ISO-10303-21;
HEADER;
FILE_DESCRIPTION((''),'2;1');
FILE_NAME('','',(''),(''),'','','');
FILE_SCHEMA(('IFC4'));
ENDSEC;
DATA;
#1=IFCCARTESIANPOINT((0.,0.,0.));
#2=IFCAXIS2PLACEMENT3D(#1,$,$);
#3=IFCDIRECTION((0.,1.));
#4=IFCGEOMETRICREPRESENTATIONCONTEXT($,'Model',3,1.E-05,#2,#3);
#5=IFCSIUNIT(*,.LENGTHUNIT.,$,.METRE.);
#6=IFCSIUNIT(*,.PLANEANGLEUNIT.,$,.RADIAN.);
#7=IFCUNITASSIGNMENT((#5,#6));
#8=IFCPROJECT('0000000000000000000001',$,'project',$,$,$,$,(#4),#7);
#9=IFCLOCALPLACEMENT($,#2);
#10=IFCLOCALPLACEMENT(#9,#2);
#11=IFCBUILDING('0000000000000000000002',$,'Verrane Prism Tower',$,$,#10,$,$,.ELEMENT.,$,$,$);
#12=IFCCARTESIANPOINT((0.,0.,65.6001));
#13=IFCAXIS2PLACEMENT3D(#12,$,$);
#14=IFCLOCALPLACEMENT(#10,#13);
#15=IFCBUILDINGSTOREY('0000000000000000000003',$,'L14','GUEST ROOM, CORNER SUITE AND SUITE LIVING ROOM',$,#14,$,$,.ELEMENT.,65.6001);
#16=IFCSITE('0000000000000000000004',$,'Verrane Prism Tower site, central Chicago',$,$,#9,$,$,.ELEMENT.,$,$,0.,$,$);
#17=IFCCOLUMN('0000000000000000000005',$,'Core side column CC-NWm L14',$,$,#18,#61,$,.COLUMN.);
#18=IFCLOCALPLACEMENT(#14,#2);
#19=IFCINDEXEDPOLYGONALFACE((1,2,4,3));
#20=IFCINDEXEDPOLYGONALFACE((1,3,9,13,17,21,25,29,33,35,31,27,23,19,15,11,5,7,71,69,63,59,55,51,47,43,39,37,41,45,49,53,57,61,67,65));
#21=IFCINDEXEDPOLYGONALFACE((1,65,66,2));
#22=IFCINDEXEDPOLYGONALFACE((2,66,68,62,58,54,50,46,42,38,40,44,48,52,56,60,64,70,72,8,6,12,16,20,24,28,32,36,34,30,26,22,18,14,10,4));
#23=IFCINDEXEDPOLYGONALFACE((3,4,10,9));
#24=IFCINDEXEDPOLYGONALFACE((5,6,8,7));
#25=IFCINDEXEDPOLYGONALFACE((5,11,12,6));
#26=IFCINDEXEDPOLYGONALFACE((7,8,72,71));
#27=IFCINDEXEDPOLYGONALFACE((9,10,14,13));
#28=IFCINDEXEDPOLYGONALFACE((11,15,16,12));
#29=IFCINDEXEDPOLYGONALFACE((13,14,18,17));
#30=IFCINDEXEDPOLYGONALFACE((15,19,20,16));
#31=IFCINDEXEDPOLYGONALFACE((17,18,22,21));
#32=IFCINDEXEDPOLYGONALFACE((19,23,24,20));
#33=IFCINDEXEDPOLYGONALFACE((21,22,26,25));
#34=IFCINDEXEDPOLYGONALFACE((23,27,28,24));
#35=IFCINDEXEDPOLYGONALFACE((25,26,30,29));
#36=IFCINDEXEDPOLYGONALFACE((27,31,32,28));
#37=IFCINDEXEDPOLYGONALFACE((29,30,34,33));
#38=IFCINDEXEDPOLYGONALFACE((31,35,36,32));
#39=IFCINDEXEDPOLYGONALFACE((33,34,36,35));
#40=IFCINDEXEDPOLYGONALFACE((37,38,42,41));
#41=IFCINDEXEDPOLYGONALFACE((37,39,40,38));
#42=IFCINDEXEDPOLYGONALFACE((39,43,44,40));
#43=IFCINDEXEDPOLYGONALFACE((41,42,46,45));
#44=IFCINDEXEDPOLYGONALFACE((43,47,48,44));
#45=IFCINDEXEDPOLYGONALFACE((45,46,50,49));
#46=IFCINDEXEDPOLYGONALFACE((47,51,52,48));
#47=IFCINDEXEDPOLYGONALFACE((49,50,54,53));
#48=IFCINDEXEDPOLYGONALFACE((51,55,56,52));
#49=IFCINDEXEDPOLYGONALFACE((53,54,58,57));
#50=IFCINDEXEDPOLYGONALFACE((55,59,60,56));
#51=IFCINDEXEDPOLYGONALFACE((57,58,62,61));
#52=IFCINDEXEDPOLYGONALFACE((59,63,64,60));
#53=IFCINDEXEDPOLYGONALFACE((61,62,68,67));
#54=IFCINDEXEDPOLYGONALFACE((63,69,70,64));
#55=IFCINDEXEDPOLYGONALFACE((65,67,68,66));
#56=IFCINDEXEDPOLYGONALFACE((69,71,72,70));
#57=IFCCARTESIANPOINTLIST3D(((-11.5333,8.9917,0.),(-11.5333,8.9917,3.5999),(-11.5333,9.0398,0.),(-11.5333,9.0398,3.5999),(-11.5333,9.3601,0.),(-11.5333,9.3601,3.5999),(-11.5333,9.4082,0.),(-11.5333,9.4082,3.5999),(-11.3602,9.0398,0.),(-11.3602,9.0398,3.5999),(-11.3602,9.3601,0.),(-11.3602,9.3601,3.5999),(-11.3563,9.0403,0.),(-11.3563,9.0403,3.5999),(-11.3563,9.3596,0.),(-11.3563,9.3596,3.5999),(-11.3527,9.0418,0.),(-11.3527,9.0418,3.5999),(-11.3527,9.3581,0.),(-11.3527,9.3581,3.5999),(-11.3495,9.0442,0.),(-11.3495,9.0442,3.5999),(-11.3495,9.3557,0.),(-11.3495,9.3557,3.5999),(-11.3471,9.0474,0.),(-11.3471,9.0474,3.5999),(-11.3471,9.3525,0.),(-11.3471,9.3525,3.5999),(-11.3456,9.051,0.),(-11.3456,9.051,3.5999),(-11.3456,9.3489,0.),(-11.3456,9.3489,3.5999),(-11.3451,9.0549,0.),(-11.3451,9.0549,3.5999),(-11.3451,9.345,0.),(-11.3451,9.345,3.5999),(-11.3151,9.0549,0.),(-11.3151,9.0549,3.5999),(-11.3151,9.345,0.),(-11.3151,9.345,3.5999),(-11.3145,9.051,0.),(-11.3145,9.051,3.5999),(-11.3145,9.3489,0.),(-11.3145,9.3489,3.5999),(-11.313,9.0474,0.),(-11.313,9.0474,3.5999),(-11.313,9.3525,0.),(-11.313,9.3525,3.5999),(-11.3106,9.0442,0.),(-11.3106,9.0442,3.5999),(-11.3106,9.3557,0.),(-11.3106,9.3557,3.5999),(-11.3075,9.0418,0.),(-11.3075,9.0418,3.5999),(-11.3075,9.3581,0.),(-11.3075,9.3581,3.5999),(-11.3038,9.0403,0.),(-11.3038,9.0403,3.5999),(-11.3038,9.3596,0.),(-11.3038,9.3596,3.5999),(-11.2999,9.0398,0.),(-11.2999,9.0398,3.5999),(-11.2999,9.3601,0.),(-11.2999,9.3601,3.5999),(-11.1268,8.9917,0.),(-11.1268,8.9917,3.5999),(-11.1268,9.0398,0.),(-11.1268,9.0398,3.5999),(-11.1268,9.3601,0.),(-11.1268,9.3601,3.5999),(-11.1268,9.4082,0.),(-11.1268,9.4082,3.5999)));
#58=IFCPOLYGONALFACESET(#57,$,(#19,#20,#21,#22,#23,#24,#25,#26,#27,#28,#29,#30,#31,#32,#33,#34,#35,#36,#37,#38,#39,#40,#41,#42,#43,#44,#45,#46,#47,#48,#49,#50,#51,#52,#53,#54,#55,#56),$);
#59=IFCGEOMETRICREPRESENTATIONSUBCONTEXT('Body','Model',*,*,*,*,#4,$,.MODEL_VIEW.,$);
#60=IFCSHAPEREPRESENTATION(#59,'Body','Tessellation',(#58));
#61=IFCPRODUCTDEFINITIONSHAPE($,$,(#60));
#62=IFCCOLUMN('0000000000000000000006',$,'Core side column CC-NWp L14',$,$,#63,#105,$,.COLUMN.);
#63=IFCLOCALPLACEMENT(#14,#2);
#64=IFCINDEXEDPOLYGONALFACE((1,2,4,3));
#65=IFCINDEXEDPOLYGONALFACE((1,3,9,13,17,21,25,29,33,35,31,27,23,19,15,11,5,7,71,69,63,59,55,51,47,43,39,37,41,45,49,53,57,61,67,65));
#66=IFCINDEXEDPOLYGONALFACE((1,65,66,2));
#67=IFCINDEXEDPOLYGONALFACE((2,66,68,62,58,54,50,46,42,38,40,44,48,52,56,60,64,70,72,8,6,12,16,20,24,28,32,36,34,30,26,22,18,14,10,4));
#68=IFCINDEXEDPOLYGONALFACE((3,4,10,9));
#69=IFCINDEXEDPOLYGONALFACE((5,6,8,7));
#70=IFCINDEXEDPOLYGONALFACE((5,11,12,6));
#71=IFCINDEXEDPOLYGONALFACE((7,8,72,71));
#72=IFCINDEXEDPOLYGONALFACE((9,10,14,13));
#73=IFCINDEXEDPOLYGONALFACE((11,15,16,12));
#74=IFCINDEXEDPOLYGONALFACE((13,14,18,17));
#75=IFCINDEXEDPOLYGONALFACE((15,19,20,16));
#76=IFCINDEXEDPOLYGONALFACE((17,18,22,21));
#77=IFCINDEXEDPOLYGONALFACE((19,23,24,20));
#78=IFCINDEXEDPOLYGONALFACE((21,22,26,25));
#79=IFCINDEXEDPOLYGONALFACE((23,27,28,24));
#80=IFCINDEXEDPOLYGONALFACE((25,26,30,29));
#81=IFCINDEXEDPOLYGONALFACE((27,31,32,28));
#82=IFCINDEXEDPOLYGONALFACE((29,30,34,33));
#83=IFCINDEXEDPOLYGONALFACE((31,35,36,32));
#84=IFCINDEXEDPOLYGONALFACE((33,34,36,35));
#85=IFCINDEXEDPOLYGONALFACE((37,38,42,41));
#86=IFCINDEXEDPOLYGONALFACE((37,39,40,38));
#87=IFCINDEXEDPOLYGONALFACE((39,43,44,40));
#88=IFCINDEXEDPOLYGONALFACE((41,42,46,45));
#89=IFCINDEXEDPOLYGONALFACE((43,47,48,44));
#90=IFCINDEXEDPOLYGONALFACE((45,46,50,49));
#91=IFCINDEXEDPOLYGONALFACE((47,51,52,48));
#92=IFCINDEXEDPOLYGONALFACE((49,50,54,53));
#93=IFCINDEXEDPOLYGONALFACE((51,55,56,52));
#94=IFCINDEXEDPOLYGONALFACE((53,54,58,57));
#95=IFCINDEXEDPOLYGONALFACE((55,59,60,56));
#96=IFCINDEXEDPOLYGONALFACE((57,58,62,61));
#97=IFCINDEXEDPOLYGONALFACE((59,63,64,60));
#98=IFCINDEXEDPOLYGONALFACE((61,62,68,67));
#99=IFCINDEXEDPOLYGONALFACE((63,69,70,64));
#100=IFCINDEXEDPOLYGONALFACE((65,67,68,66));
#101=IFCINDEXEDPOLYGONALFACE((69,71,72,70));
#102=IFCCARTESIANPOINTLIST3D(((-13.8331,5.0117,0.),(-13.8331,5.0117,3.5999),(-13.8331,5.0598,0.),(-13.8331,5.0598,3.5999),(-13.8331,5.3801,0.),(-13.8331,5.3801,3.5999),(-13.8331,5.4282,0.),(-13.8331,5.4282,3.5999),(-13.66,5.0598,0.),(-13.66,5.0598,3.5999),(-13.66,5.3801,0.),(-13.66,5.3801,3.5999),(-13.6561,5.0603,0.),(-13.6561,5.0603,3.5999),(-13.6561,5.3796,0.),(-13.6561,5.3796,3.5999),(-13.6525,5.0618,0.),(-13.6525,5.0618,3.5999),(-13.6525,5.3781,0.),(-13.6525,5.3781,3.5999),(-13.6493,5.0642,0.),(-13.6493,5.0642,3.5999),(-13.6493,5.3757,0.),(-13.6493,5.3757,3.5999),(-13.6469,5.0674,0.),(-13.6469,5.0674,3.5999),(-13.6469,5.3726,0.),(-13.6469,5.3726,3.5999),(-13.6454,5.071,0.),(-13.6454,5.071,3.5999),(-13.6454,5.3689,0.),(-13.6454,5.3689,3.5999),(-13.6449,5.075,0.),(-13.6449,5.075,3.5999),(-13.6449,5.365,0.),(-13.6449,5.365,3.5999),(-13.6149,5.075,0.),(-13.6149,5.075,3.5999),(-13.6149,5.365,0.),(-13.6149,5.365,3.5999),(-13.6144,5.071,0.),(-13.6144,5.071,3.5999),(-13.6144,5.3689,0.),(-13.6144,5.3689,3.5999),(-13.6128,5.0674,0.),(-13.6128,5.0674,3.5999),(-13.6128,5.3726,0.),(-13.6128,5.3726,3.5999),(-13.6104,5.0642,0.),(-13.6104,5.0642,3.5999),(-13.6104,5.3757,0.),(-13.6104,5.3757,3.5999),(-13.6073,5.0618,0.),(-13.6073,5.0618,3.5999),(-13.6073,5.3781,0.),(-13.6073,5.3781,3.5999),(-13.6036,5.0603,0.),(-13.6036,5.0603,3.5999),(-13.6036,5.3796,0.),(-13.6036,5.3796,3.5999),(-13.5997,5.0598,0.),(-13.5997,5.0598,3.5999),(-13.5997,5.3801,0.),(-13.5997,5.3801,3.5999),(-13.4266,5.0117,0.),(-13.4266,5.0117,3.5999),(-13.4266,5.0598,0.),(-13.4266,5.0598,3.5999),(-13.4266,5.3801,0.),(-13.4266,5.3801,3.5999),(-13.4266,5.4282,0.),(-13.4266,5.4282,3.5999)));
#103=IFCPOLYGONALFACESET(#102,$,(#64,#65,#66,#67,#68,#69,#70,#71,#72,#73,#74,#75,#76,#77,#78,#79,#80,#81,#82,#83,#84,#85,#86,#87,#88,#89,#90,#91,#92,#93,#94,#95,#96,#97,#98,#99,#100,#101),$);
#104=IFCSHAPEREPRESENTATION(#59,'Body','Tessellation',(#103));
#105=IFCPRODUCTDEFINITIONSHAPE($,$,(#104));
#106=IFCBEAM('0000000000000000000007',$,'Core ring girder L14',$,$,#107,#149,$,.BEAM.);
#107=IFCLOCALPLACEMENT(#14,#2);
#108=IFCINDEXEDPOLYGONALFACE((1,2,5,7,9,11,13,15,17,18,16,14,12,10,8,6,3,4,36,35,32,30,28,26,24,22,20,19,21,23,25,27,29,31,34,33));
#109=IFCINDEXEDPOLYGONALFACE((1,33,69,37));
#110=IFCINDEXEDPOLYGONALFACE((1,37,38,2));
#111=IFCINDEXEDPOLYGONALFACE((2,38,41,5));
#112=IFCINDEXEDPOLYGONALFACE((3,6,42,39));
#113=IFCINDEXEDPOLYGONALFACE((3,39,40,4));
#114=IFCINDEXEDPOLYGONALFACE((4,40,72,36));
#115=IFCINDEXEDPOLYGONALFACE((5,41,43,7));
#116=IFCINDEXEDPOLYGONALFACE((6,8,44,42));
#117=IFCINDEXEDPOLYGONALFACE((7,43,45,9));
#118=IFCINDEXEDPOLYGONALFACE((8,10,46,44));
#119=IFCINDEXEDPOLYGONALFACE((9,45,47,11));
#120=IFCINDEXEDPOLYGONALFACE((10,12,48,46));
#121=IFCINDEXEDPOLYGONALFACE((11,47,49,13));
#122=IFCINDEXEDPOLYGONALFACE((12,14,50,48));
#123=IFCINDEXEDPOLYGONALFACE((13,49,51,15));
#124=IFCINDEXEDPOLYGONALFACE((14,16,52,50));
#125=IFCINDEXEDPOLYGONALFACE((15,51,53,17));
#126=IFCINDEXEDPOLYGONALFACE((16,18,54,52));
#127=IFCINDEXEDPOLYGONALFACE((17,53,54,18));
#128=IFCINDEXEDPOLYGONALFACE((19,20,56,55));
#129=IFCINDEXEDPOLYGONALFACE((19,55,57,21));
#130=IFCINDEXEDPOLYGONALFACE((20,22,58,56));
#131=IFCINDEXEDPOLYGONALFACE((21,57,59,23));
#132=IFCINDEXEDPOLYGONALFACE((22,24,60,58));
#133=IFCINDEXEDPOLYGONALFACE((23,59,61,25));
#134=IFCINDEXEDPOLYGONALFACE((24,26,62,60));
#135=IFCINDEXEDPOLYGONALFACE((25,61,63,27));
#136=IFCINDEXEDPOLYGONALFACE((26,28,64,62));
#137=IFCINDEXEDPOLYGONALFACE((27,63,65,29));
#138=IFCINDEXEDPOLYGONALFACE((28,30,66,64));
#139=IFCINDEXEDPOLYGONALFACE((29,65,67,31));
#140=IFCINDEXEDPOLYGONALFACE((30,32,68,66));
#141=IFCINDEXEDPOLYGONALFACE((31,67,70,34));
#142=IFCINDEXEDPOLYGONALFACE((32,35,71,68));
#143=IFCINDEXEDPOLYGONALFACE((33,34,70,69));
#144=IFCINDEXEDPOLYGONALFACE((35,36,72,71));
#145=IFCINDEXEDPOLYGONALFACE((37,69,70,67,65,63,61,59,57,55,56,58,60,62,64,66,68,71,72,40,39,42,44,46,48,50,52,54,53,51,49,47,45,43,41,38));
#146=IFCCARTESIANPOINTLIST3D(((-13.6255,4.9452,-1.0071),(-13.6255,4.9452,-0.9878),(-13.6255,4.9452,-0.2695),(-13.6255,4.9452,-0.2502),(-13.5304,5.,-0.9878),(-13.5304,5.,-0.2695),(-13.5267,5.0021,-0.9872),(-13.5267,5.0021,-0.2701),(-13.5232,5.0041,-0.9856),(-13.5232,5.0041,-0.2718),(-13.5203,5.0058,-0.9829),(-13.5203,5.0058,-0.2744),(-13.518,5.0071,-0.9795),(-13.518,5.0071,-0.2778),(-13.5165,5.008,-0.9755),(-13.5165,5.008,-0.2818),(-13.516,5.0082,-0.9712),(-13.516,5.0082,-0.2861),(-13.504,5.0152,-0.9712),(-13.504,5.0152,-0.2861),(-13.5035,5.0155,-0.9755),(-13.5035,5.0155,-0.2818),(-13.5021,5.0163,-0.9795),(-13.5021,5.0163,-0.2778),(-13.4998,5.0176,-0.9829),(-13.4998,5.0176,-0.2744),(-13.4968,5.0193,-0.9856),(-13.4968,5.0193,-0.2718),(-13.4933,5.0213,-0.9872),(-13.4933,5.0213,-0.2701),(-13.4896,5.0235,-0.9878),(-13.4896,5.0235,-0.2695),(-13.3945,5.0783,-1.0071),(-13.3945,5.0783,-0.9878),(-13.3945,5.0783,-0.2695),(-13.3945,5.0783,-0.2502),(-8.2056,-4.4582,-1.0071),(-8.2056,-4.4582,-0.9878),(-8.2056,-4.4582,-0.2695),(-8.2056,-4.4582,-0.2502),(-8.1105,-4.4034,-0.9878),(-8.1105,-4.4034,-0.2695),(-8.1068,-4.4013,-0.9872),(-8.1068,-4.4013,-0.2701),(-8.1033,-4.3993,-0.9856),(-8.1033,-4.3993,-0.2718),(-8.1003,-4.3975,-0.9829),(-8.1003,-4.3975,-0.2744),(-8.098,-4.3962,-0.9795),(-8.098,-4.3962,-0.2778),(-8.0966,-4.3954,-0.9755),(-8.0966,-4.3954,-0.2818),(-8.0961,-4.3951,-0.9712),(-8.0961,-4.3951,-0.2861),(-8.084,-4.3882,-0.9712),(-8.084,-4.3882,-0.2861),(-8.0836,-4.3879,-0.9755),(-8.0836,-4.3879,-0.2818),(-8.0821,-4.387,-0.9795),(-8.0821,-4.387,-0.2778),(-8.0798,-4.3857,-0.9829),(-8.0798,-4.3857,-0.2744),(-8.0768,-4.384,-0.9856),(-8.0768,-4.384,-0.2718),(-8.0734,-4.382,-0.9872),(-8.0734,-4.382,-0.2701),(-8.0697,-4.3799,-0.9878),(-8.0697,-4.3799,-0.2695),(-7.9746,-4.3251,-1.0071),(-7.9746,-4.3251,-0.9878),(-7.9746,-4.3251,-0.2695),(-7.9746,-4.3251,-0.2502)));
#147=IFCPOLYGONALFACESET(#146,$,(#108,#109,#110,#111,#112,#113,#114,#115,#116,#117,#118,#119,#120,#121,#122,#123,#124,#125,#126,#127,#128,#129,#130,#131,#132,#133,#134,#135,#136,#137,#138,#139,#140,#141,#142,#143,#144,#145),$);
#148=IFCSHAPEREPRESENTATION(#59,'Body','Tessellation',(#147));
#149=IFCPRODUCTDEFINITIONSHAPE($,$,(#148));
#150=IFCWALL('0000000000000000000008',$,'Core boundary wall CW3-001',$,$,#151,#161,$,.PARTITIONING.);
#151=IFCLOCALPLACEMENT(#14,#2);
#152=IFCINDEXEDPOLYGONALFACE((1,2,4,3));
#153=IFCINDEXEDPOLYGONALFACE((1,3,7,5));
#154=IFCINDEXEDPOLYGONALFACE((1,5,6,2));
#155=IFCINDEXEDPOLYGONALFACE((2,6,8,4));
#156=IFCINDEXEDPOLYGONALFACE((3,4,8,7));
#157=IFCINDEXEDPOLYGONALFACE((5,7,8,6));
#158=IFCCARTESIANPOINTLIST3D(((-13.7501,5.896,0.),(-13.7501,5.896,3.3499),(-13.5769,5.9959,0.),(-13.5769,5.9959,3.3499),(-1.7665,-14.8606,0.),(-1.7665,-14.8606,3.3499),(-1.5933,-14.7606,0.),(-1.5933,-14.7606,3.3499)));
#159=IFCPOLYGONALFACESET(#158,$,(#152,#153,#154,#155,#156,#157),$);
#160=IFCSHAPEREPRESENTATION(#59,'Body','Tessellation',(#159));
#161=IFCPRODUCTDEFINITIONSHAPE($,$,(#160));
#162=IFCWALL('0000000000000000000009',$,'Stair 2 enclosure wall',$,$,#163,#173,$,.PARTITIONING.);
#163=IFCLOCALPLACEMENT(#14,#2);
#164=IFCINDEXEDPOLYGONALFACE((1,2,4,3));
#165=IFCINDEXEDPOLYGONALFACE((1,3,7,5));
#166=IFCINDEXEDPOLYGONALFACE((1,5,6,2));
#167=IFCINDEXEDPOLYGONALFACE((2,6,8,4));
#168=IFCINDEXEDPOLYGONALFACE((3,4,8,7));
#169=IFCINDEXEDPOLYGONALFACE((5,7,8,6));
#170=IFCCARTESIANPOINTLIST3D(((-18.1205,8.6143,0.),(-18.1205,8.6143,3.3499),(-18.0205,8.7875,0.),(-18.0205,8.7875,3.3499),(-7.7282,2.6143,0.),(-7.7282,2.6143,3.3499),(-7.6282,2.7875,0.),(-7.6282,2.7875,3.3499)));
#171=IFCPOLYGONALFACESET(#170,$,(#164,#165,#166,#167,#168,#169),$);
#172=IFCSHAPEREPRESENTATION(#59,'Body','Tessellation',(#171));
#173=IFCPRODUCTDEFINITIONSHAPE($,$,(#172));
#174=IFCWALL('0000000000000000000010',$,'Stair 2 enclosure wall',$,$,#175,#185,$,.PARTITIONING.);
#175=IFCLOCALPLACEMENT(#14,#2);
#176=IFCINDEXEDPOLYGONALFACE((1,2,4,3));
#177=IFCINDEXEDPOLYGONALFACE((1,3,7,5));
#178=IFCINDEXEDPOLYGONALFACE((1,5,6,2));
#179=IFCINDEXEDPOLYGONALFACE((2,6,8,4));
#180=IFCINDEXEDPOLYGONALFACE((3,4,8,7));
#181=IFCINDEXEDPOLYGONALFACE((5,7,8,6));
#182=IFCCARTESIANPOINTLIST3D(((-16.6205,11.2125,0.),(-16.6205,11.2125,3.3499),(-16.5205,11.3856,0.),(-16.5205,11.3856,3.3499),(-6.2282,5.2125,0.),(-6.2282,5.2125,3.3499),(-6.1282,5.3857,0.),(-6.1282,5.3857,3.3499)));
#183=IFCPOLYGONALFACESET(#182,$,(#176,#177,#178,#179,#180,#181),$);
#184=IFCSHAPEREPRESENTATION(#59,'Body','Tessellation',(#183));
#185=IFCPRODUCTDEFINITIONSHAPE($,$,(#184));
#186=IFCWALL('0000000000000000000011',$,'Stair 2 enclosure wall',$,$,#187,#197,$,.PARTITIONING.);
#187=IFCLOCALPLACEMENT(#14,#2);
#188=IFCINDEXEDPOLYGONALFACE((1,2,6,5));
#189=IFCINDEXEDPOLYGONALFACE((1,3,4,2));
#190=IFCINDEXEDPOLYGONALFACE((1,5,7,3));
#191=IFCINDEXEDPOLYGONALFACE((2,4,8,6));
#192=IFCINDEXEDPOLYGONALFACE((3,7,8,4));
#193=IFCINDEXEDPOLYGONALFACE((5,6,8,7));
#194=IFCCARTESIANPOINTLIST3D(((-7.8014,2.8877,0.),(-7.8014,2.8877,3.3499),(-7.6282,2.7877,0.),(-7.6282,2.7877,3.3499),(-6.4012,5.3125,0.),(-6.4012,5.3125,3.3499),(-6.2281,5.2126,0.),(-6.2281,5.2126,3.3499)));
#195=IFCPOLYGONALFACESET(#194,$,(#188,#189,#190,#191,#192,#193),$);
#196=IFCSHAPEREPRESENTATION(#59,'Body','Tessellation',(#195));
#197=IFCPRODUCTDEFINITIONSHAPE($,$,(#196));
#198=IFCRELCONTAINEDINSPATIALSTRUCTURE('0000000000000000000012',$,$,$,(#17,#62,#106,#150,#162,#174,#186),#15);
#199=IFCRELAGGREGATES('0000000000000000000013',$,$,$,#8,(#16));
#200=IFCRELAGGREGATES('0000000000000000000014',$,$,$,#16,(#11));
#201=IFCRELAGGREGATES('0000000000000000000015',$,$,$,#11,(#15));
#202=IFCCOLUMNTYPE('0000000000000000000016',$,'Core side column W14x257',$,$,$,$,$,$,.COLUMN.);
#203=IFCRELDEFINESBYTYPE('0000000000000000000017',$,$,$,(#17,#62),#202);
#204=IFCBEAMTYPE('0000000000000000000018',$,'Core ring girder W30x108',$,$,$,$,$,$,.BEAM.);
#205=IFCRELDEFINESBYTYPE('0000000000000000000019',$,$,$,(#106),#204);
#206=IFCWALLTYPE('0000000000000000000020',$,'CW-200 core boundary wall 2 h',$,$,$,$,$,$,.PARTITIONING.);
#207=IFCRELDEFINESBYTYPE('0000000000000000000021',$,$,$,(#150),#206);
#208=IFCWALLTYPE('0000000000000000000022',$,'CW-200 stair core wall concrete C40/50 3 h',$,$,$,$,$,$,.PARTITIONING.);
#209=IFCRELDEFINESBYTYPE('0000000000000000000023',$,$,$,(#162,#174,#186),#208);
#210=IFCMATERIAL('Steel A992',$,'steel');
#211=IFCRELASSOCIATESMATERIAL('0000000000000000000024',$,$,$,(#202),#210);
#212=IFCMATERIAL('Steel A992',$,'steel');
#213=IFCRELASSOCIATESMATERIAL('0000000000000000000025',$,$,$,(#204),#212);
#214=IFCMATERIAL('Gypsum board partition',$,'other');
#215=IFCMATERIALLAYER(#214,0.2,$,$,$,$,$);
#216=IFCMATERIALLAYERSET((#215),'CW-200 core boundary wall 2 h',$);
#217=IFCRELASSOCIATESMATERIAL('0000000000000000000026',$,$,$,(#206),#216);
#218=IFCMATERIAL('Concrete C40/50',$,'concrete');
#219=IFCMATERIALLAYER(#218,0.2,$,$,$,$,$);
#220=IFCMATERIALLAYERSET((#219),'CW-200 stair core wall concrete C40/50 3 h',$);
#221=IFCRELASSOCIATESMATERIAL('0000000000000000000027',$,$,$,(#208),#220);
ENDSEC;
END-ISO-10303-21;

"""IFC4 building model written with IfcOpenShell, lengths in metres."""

from ifc_helpers import new_model, si_unit, direction, frame, frame_2d, origin, origin_2d, place, context, subcontext, project, spatial, rectangle, i_section, extrude, material, layer, layer_set, material_profile, profile_set, type_object, element, save


model = new_model("IFC4")

# Units and contexts
model_context = context("Model", 3, precision=1e-05, world=origin(), true_north=direction((0.0, 1.0)))
body_context = subcontext(model_context, "Body", "Model", "MODEL_VIEW")
ifc_project = project(units=[si_unit("LENGTHUNIT", "METRE"), si_unit("PLANEANGLEUNIT", "RADIAN")], contexts=[model_context])

# Site, building, storey
site_placement = place(None, origin())
site = spatial("IfcSite", under=ifc_project, at=site_placement, Name="Verrane Prism Tower site, central Chicago", CompositionType="ELEMENT", RefElevation=0.0)
building_placement = place(site_placement, origin())
building = spatial("IfcBuilding", under=site, at=building_placement, Name="Verrane Prism Tower", CompositionType="ELEMENT")
storey_placement = place(building_placement, frame((0.0, 0.0, 65.6001)))
storey = spatial("IfcBuildingStorey", under=building, at=storey_placement, Name="L14", Description="GUEST ROOM, CORNER SUITE AND SUITE LIVING ROOM", CompositionType="ELEMENT", Elevation=65.6001)

# Columns
ifc_material_1 = material(Name="Steel A992", Category="steel")
ifc_material_profile_1 = material_profile(ifc_material_1, i_section(OverallWidth=0.4065, OverallDepth=0.4165, WebThickness=0.03, FlangeThickness=0.0481, FilletRadius=0.0151, at=origin_2d()), Name="W14x257")
ifc_profile_set_1 = profile_set([ifc_material_profile_1], Name="Steel A992")
column_type = type_object("IfcColumnType", Name="Core side column W14x257", PredefinedType="COLUMN", material=ifc_profile_set_1)
for number, where, z_axis, x_axis, name in (
    (1, (-11.3301, 9.2, 0.0), (0.0, 0.0, 1.0), (1.0, 0.0, 0.0), "Core side column CC-NWm L14"),
    (2, (-13.6299, 5.22, 0.0), (0.0, 0.0, 1.0), (1.0, 0.0, 0.0), "Core side column CC-NWp L14"),
):
    element("IfcColumn", number, at=place(storey_placement, frame(where, z_axis=z_axis, x_axis=x_axis)), inside=storey, type_object=column_type, Name=name, PredefinedType="COLUMN", context=body_context, shape_type="SweptSolid", body=[
        extrude(i_section(OverallWidth=0.4065, OverallDepth=0.4165, WebThickness=0.03, FlangeThickness=0.0481, FilletRadius=0.0151, at=origin_2d()), origin(), (0.0, 0.0, 1.0), 3.5999),
    ])

# Beam
ifc_material_2 = material(Name="Steel A992", Category="steel")
ifc_material_profile_2 = material_profile(ifc_material_2, i_section(OverallWidth=0.2666, OverallDepth=0.7568, WebThickness=0.0139, FlangeThickness=0.0193, FilletRadius=0.0166, at=origin_2d()), Name="W30x108")
ifc_profile_set_2 = profile_set([ifc_material_profile_2], Name="Steel A992")
beam_type = type_object("IfcBeamType", Name="Core ring girder W30x108", PredefinedType="BEAM", material=ifc_profile_set_2)
beam_placement = place(storey_placement, frame((-13.51, 5.0117, -0.6287), z_axis=(0.499372, -0.866388, 0.0), x_axis=(0.866388, 0.499372, 0.0)))
element("IfcBeam", 3, at=beam_placement, inside=storey, type_object=beam_type, Name="Core ring girder L14", PredefinedType="BEAM", context=body_context, shape_type="SweptSolid", body=[
    extrude(i_section(OverallWidth=0.2666, OverallDepth=0.7568, WebThickness=0.0139, FlangeThickness=0.0193, FilletRadius=0.0166, at=origin_2d()), origin(), (0.0, 0.0, 1.0), 10.8535),
])

# Walls
ifc_material_3 = material(Name="Gypsum board partition", Category="other")
ifc_layer_1 = layer(ifc_material_3, 0.2)
ifc_layer_set_1 = layer_set([ifc_layer_1], Name="CW-200 core boundary wall 2 h")
wall_type_1 = type_object("IfcWallType", Name="CW-200 core boundary wall 2 h", PredefinedType="PARTITIONING", material=ifc_layer_set_1)
wall_1_placement = place(storey_placement, frame((-13.6636, 5.946, 0.0), z_axis=(0.0, 0.0, 1.0), x_axis=(0.499994, -0.866029, 0.0)))
element("IfcWall", 4, at=wall_1_placement, inside=storey, type_object=wall_type_1, Name="Core boundary wall CW3-001", PredefinedType="PARTITIONING", context=body_context, shape_type="SweptSolid", body=[
    extrude(rectangle(XDim=23.9675, YDim=0.2, at=frame_2d((11.9839, 0.0))), origin(), (0.0, 0.0, 1.0), 3.3499),
])
ifc_material_4 = material(Name="Concrete C40/50", Category="concrete")
ifc_layer_2 = layer(ifc_material_4, 0.2)
ifc_layer_set_2 = layer_set([ifc_layer_2], Name="CW-200 stair core wall concrete C40/50 3 h")
wall_type_2 = type_object("IfcWallType", Name="CW-200 stair core wall concrete C40/50 3 h", PredefinedType="PARTITIONING", material=ifc_layer_set_2)
for number, where, z_axis, x_axis, name in (
    (5, (-7.6782, 2.7009, 0.0), (0.0, 0.0, 1.0), (-0.866026, 0.499999, 0.0), "Stair 2 enclosure wall"),
    (6, (-6.1782, 5.2991, 0.0), (0.0, 0.0, 1.0), (-0.866026, 0.499999, 0.0), "Stair 2 enclosure wall"),
):
    element("IfcWall", number, at=place(storey_placement, frame(where, z_axis=z_axis, x_axis=x_axis)), inside=storey, type_object=wall_type_2, Name=name, PredefinedType="PARTITIONING", context=body_context, shape_type="SweptSolid", body=[
        extrude(rectangle(XDim=12.0, YDim=0.2, at=frame_2d((6.0, 0.0))), origin(), (0.0, 0.0, 1.0), 3.3499),
    ])
wall_2_placement = place(storey_placement, frame((-6.3147, 5.2625, 0.0), z_axis=(0.0, 0.0, 1.0), x_axis=(-0.50005, -0.865997, 0.0)))
element("IfcWall", 7, at=wall_2_placement, inside=storey, type_object=wall_type_2, Name="Stair 2 enclosure wall", PredefinedType="PARTITIONING", context=body_context, shape_type="SweptSolid", body=[
    extrude(rectangle(XDim=2.8, YDim=0.2, at=frame_2d((1.3999, 0.0))), origin(), (0.0, 0.0, 1.0), 3.3499),
])

save(model, "model.ifc")
